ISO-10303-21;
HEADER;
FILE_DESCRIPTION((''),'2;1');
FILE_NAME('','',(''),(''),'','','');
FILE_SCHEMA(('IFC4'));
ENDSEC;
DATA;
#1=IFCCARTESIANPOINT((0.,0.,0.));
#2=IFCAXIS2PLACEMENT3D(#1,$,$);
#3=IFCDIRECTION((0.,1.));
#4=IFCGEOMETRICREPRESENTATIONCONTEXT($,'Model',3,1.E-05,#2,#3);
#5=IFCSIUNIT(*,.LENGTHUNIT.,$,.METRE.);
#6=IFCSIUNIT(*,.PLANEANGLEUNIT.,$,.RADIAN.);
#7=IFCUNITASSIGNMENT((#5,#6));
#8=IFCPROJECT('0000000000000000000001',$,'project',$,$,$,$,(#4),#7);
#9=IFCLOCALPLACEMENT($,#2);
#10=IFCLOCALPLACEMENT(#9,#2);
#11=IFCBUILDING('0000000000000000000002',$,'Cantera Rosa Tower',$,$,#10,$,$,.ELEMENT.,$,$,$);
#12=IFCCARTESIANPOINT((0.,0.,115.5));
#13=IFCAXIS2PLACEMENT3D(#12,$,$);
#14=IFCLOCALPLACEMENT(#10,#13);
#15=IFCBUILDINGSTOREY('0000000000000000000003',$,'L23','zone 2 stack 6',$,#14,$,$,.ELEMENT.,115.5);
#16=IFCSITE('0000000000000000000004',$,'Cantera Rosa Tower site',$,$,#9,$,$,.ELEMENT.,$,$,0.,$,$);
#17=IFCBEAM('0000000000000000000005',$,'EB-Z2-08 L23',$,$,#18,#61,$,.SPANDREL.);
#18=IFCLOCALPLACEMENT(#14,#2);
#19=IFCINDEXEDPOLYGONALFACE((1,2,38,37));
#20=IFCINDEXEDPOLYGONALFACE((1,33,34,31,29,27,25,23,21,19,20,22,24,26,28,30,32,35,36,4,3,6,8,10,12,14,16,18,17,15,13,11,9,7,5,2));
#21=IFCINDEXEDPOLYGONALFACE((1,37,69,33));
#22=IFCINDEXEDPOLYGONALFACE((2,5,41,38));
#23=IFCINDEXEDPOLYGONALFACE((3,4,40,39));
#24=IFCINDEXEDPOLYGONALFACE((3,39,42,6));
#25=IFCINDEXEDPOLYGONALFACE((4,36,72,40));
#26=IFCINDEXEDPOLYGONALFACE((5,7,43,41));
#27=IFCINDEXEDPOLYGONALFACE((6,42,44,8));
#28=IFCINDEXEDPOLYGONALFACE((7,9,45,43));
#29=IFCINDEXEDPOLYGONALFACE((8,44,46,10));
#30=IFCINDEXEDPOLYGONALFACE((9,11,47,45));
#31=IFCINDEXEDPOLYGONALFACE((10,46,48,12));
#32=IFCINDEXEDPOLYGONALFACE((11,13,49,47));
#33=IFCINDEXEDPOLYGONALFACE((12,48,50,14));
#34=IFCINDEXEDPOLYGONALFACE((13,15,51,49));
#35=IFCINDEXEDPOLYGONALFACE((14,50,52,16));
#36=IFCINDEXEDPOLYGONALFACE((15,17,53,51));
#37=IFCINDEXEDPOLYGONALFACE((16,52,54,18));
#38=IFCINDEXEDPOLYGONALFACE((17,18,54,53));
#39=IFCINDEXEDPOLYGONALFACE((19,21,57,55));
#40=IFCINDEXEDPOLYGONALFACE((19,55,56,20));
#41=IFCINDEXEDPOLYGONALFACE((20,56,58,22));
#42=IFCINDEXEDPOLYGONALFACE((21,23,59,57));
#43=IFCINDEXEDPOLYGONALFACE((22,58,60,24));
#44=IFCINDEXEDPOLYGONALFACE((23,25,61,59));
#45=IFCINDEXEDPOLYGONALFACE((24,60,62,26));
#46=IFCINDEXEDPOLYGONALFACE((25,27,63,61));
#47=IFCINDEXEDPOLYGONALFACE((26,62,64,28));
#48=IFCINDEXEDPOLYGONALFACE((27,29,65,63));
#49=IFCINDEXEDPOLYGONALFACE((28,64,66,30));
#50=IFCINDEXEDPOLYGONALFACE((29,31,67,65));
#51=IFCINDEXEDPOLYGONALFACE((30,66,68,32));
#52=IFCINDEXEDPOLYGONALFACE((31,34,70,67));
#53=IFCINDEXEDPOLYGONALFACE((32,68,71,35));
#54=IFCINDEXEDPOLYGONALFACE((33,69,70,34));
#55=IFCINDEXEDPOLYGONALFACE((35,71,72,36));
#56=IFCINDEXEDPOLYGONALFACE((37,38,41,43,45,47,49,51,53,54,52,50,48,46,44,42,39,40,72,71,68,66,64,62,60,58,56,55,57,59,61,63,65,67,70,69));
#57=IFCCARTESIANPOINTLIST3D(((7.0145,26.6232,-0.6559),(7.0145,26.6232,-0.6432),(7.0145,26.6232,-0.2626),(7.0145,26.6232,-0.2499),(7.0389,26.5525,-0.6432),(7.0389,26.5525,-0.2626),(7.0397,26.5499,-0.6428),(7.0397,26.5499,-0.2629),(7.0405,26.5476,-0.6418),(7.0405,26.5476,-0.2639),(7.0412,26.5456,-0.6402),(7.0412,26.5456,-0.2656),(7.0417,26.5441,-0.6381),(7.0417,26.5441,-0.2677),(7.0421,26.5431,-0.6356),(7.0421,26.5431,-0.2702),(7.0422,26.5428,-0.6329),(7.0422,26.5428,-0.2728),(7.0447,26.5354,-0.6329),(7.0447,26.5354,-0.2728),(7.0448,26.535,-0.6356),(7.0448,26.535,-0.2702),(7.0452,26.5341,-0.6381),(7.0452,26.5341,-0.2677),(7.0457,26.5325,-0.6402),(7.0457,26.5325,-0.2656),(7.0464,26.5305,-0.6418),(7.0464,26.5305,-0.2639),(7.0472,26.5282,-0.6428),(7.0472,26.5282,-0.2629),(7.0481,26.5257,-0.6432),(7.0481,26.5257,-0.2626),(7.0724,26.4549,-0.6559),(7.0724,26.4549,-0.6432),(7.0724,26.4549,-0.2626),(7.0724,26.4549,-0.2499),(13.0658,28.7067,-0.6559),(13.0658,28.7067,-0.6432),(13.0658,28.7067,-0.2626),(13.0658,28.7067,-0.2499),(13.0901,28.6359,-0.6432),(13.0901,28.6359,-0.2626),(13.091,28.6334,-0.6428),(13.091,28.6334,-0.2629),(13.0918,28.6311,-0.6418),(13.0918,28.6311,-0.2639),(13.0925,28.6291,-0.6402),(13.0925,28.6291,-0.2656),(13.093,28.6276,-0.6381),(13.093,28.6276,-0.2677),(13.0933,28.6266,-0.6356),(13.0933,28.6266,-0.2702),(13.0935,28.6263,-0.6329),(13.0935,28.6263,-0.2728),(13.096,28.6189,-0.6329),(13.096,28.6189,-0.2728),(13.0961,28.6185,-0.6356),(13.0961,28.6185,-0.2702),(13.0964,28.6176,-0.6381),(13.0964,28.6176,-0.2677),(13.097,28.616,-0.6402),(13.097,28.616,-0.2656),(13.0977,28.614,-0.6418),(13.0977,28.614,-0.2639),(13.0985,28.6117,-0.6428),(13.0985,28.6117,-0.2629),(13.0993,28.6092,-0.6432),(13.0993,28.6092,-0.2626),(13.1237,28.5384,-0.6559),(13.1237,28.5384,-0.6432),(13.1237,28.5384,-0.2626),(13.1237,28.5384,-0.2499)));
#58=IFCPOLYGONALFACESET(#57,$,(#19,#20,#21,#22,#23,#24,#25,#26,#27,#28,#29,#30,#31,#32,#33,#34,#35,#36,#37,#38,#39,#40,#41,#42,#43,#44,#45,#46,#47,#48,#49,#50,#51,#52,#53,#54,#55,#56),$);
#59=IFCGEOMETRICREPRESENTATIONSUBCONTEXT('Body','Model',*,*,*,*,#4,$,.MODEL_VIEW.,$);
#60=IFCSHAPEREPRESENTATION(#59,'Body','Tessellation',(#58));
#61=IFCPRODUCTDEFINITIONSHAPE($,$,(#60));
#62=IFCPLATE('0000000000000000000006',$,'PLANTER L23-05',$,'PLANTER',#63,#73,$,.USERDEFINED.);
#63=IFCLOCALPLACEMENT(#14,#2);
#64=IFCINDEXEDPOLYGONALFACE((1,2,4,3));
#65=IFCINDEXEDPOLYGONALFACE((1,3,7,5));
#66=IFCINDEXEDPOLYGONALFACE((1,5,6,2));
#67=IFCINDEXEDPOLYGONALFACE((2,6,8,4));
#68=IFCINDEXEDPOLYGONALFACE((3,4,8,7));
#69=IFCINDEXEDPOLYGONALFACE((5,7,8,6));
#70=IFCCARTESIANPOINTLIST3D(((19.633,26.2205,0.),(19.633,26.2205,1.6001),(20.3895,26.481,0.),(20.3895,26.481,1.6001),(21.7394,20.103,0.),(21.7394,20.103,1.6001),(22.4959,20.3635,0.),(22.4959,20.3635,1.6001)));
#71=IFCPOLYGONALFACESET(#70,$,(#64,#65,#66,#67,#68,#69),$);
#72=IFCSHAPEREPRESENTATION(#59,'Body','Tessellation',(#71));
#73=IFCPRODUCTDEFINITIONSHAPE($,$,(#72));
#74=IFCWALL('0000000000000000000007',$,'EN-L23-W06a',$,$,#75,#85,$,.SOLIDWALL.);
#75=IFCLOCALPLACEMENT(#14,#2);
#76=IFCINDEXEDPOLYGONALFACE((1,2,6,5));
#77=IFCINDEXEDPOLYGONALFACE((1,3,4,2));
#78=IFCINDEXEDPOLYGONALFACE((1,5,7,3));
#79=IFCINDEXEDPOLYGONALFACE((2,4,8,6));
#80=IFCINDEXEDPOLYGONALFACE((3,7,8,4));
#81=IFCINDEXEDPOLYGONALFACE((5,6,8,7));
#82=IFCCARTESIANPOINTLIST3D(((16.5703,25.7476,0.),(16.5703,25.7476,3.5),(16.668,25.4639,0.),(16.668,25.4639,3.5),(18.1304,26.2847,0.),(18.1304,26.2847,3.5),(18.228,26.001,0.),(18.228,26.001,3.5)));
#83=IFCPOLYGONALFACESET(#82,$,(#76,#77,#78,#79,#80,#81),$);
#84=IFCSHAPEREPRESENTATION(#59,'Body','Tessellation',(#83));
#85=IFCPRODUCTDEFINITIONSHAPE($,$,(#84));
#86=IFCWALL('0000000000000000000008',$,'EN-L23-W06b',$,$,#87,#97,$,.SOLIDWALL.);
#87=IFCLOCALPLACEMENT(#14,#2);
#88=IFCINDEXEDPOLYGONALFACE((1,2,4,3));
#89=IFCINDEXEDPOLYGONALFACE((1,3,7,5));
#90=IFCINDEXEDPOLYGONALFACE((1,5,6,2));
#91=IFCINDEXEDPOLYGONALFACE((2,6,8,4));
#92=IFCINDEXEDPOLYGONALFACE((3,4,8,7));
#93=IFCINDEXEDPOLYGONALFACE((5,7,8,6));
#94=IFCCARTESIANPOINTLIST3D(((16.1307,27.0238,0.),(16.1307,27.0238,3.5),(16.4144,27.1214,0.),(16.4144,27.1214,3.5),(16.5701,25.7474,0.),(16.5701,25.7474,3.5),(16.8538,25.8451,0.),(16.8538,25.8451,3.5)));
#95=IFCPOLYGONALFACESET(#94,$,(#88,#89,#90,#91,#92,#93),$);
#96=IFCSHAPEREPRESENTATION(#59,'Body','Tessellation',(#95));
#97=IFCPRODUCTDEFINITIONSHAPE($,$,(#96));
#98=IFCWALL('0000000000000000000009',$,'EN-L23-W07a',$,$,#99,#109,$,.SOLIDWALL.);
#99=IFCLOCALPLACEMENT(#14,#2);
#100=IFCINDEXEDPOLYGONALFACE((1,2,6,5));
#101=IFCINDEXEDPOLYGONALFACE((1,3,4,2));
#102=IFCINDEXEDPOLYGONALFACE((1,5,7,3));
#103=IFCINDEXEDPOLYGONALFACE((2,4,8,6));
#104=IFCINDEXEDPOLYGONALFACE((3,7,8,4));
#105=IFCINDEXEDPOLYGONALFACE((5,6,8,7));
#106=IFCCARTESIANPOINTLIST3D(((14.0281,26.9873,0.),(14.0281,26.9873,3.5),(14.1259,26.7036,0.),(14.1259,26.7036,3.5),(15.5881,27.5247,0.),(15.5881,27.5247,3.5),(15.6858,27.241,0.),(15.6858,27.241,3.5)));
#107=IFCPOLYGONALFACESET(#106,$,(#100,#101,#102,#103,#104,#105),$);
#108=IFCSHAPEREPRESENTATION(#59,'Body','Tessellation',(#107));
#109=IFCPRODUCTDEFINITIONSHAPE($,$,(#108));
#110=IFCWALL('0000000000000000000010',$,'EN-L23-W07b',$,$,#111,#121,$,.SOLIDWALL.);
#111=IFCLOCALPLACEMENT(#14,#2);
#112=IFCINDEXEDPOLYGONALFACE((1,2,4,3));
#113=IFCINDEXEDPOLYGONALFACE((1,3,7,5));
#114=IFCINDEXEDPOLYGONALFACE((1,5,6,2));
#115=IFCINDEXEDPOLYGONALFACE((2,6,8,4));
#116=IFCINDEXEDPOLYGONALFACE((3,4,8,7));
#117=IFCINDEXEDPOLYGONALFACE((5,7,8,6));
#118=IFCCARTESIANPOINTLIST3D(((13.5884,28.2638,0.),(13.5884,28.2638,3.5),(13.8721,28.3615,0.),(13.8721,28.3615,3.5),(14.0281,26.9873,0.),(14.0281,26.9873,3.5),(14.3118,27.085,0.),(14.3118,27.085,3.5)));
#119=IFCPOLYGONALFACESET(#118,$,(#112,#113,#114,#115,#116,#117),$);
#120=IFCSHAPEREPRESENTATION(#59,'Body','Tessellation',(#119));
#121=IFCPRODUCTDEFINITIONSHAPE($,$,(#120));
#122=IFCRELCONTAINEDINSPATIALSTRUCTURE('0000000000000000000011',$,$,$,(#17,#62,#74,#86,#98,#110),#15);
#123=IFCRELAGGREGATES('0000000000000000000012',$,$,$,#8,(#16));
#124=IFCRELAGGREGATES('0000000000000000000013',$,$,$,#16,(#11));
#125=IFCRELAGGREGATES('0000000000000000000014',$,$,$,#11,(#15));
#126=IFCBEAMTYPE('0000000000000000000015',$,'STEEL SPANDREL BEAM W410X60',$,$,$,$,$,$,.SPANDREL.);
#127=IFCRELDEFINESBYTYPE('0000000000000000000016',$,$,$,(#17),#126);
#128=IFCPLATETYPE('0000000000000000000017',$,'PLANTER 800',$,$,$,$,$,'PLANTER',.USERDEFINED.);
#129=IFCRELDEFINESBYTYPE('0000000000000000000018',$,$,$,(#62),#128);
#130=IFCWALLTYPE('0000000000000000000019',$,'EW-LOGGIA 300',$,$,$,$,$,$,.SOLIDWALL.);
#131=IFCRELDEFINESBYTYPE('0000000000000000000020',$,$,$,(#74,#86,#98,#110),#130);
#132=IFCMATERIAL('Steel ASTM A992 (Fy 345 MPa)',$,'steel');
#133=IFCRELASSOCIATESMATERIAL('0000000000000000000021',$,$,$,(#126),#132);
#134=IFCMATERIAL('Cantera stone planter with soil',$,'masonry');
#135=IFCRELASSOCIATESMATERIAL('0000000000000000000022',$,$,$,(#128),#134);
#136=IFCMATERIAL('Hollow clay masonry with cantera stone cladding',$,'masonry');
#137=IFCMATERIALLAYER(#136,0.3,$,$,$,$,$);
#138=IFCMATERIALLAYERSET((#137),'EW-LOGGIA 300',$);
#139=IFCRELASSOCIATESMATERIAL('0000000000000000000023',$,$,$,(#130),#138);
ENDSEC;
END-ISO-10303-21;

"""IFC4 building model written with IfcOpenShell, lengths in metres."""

from ifc_helpers import new_model, si_unit, direction, frame, frame_2d, origin, origin_2d, place, context, subcontext, project, spatial, rectangle, i_section, extrude, material, layer, layer_set, material_profile, profile_set, type_object, element, save


model = new_model("IFC4")

# Units and contexts
model_context = context("Model", 3, precision=1e-05, world=origin(), true_north=direction((0.0, 1.0)))
body_context = subcontext(model_context, "Body", "Model", "MODEL_VIEW")
ifc_project = project(units=[si_unit("LENGTHUNIT", "METRE"), si_unit("PLANEANGLEUNIT", "RADIAN")], contexts=[model_context])

# Site, building, storey
site_placement = place(None, origin())
site = spatial("IfcSite", under=ifc_project, at=site_placement, Name="Cantera Rosa Tower site", CompositionType="ELEMENT", RefElevation=0.0)
building_placement = place(site_placement, origin())
building = spatial("IfcBuilding", under=site, at=building_placement, Name="Cantera Rosa Tower", CompositionType="ELEMENT")
storey_placement = place(building_placement, frame((0.0, 0.0, 115.5)))
storey = spatial("IfcBuildingStorey", under=building, at=storey_placement, Name="L23", Description="zone 2 stack 6", CompositionType="ELEMENT", Elevation=115.5)

# Beam
ifc_material_1 = material(Name="Steel ASTM A992 (Fy 345 MPa)", Category="steel")
ifc_material_profile_1 = material_profile(ifc_material_1, i_section(OverallWidth=0.178, OverallDepth=0.406, WebThickness=0.0078, FlangeThickness=0.0127, FilletRadius=0.0103, at=origin_2d()), Name="W410X60")
ifc_profile_set_1 = profile_set([ifc_material_profile_1], Name="Steel ASTM A992 (Fy 345 MPa)")
beam_type_1 = type_object("IfcBeamType", Name="STEEL SPANDREL BEAM W410X60", PredefinedType="SPANDREL", material=ifc_profile_set_1)
beam_1_placement = place(storey_placement, frame((13.0947, 28.6226, -0.4529), z_axis=(-0.945524, -0.325551, 0.0), x_axis=(0.325551, -0.945524, 0.0)))
element("IfcBeam", 1, at=beam_1_placement, inside=storey, type_object=beam_type_1, Name="EB-Z2-08 L23", PredefinedType="SPANDREL", context=body_context, shape_type="SweptSolid", body=[
    extrude(i_section(OverallWidth=0.178, OverallDepth=0.406, WebThickness=0.0078, FlangeThickness=0.0127, FilletRadius=0.0103, at=origin_2d()), origin(), (0.0, 0.0, 1.0), 6.3999),
])

# Plate
ifc_material_2 = material(Name="Cantera stone planter with soil", Category="masonry")
plate_type = type_object("IfcPlateType", Name="PLANTER 800", ElementType="PLANTER", PredefinedType="USERDEFINED", material=ifc_material_2)
plate_placement = place(storey_placement, frame((21.0645, 23.292, 0.0), z_axis=(0.0, 0.0, 1.0), x_axis=(-0.325568, 0.945519, 0.0)))
element("IfcPlate", 2, at=plate_placement, inside=storey, type_object=plate_type, Name="PLANTER L23-05", ObjectType="PLANTER", PredefinedType="USERDEFINED", context=body_context, shape_type="SweptSolid", body=[
    extrude(rectangle(XDim=6.47, YDim=0.8, at=origin_2d()), origin(), (0.0, 0.0, 1.0), 1.6001),
])

# Walls
ifc_material_3 = material(Name="Hollow clay masonry with cantera stone cladding", Category="masonry")
ifc_layer_1 = layer(ifc_material_3, 0.3)
ifc_layer_set_1 = layer_set([ifc_layer_1], Name="EW-LOGGIA 300")
wall_type_1 = type_object("IfcWallType", Name="EW-LOGGIA 300", PredefinedType="SOLIDWALL", material=ifc_layer_set_1)
wall_1_placement = place(storey_placement, frame((18.1792, 26.1428, 0.0), z_axis=(0.0, 0.0, 1.0), x_axis=(-0.94553, -0.325535, 0.0)))
element("IfcWall", 3, at=wall_1_placement, inside=storey, type_object=wall_type_1, Name="EN-L23-W06a", PredefinedType="SOLIDWALL", context=body_context, shape_type="SweptSolid", body=[
    extrude(rectangle(XDim=1.6499, YDim=0.3, at=frame_2d((0.825, 0.0))), origin(), (0.0, 0.0, 1.0), 3.5),
])
wall_2_placement = place(storey_placement, frame((16.7119, 25.7964, 0.0), z_axis=(0.0, 0.0, 1.0), x_axis=(-0.325545, 0.945527, 0.0)))
element("IfcWall", 4, at=wall_2_placement, inside=storey, type_object=wall_type_1, Name="EN-L23-W06b", PredefinedType="SOLIDWALL", context=body_context, shape_type="SweptSolid", body=[
    extrude(rectangle(XDim=1.3499, YDim=0.3, at=frame_2d((0.6748, 0.0))), origin(), (0.0, 0.0, 1.0), 3.5),
])
wall_3_placement = place(storey_placement, frame((15.637, 27.3828, 0.0), z_axis=(0.0, 0.0, 1.0), x_axis=(-0.945485, -0.325667, 0.0)))
element("IfcWall", 5, at=wall_3_placement, inside=storey, type_object=wall_type_1, Name="EN-L23-W07a", PredefinedType="SOLIDWALL", context=body_context, shape_type="SweptSolid", body=[
    extrude(rectangle(XDim=1.6499, YDim=0.3, at=frame_2d((0.825, 0.0))), origin(), (0.0, 0.0, 1.0), 3.5),
])
wall_4_placement = place(storey_placement, frame((14.1699, 27.0361, 0.0), z_axis=(0.0, 0.0, 1.0), x_axis=(-0.325651, 0.94549, 0.0)))
element("IfcWall", 6, at=wall_4_placement, inside=storey, type_object=wall_type_1, Name="EN-L23-W07b", PredefinedType="SOLIDWALL", context=body_context, shape_type="SweptSolid", body=[
    extrude(rectangle(XDim=1.3501, YDim=0.3, at=frame_2d((0.675, 0.0))), origin(), (0.0, 0.0, 1.0), 3.5),
])

save(model, "model.ifc")
